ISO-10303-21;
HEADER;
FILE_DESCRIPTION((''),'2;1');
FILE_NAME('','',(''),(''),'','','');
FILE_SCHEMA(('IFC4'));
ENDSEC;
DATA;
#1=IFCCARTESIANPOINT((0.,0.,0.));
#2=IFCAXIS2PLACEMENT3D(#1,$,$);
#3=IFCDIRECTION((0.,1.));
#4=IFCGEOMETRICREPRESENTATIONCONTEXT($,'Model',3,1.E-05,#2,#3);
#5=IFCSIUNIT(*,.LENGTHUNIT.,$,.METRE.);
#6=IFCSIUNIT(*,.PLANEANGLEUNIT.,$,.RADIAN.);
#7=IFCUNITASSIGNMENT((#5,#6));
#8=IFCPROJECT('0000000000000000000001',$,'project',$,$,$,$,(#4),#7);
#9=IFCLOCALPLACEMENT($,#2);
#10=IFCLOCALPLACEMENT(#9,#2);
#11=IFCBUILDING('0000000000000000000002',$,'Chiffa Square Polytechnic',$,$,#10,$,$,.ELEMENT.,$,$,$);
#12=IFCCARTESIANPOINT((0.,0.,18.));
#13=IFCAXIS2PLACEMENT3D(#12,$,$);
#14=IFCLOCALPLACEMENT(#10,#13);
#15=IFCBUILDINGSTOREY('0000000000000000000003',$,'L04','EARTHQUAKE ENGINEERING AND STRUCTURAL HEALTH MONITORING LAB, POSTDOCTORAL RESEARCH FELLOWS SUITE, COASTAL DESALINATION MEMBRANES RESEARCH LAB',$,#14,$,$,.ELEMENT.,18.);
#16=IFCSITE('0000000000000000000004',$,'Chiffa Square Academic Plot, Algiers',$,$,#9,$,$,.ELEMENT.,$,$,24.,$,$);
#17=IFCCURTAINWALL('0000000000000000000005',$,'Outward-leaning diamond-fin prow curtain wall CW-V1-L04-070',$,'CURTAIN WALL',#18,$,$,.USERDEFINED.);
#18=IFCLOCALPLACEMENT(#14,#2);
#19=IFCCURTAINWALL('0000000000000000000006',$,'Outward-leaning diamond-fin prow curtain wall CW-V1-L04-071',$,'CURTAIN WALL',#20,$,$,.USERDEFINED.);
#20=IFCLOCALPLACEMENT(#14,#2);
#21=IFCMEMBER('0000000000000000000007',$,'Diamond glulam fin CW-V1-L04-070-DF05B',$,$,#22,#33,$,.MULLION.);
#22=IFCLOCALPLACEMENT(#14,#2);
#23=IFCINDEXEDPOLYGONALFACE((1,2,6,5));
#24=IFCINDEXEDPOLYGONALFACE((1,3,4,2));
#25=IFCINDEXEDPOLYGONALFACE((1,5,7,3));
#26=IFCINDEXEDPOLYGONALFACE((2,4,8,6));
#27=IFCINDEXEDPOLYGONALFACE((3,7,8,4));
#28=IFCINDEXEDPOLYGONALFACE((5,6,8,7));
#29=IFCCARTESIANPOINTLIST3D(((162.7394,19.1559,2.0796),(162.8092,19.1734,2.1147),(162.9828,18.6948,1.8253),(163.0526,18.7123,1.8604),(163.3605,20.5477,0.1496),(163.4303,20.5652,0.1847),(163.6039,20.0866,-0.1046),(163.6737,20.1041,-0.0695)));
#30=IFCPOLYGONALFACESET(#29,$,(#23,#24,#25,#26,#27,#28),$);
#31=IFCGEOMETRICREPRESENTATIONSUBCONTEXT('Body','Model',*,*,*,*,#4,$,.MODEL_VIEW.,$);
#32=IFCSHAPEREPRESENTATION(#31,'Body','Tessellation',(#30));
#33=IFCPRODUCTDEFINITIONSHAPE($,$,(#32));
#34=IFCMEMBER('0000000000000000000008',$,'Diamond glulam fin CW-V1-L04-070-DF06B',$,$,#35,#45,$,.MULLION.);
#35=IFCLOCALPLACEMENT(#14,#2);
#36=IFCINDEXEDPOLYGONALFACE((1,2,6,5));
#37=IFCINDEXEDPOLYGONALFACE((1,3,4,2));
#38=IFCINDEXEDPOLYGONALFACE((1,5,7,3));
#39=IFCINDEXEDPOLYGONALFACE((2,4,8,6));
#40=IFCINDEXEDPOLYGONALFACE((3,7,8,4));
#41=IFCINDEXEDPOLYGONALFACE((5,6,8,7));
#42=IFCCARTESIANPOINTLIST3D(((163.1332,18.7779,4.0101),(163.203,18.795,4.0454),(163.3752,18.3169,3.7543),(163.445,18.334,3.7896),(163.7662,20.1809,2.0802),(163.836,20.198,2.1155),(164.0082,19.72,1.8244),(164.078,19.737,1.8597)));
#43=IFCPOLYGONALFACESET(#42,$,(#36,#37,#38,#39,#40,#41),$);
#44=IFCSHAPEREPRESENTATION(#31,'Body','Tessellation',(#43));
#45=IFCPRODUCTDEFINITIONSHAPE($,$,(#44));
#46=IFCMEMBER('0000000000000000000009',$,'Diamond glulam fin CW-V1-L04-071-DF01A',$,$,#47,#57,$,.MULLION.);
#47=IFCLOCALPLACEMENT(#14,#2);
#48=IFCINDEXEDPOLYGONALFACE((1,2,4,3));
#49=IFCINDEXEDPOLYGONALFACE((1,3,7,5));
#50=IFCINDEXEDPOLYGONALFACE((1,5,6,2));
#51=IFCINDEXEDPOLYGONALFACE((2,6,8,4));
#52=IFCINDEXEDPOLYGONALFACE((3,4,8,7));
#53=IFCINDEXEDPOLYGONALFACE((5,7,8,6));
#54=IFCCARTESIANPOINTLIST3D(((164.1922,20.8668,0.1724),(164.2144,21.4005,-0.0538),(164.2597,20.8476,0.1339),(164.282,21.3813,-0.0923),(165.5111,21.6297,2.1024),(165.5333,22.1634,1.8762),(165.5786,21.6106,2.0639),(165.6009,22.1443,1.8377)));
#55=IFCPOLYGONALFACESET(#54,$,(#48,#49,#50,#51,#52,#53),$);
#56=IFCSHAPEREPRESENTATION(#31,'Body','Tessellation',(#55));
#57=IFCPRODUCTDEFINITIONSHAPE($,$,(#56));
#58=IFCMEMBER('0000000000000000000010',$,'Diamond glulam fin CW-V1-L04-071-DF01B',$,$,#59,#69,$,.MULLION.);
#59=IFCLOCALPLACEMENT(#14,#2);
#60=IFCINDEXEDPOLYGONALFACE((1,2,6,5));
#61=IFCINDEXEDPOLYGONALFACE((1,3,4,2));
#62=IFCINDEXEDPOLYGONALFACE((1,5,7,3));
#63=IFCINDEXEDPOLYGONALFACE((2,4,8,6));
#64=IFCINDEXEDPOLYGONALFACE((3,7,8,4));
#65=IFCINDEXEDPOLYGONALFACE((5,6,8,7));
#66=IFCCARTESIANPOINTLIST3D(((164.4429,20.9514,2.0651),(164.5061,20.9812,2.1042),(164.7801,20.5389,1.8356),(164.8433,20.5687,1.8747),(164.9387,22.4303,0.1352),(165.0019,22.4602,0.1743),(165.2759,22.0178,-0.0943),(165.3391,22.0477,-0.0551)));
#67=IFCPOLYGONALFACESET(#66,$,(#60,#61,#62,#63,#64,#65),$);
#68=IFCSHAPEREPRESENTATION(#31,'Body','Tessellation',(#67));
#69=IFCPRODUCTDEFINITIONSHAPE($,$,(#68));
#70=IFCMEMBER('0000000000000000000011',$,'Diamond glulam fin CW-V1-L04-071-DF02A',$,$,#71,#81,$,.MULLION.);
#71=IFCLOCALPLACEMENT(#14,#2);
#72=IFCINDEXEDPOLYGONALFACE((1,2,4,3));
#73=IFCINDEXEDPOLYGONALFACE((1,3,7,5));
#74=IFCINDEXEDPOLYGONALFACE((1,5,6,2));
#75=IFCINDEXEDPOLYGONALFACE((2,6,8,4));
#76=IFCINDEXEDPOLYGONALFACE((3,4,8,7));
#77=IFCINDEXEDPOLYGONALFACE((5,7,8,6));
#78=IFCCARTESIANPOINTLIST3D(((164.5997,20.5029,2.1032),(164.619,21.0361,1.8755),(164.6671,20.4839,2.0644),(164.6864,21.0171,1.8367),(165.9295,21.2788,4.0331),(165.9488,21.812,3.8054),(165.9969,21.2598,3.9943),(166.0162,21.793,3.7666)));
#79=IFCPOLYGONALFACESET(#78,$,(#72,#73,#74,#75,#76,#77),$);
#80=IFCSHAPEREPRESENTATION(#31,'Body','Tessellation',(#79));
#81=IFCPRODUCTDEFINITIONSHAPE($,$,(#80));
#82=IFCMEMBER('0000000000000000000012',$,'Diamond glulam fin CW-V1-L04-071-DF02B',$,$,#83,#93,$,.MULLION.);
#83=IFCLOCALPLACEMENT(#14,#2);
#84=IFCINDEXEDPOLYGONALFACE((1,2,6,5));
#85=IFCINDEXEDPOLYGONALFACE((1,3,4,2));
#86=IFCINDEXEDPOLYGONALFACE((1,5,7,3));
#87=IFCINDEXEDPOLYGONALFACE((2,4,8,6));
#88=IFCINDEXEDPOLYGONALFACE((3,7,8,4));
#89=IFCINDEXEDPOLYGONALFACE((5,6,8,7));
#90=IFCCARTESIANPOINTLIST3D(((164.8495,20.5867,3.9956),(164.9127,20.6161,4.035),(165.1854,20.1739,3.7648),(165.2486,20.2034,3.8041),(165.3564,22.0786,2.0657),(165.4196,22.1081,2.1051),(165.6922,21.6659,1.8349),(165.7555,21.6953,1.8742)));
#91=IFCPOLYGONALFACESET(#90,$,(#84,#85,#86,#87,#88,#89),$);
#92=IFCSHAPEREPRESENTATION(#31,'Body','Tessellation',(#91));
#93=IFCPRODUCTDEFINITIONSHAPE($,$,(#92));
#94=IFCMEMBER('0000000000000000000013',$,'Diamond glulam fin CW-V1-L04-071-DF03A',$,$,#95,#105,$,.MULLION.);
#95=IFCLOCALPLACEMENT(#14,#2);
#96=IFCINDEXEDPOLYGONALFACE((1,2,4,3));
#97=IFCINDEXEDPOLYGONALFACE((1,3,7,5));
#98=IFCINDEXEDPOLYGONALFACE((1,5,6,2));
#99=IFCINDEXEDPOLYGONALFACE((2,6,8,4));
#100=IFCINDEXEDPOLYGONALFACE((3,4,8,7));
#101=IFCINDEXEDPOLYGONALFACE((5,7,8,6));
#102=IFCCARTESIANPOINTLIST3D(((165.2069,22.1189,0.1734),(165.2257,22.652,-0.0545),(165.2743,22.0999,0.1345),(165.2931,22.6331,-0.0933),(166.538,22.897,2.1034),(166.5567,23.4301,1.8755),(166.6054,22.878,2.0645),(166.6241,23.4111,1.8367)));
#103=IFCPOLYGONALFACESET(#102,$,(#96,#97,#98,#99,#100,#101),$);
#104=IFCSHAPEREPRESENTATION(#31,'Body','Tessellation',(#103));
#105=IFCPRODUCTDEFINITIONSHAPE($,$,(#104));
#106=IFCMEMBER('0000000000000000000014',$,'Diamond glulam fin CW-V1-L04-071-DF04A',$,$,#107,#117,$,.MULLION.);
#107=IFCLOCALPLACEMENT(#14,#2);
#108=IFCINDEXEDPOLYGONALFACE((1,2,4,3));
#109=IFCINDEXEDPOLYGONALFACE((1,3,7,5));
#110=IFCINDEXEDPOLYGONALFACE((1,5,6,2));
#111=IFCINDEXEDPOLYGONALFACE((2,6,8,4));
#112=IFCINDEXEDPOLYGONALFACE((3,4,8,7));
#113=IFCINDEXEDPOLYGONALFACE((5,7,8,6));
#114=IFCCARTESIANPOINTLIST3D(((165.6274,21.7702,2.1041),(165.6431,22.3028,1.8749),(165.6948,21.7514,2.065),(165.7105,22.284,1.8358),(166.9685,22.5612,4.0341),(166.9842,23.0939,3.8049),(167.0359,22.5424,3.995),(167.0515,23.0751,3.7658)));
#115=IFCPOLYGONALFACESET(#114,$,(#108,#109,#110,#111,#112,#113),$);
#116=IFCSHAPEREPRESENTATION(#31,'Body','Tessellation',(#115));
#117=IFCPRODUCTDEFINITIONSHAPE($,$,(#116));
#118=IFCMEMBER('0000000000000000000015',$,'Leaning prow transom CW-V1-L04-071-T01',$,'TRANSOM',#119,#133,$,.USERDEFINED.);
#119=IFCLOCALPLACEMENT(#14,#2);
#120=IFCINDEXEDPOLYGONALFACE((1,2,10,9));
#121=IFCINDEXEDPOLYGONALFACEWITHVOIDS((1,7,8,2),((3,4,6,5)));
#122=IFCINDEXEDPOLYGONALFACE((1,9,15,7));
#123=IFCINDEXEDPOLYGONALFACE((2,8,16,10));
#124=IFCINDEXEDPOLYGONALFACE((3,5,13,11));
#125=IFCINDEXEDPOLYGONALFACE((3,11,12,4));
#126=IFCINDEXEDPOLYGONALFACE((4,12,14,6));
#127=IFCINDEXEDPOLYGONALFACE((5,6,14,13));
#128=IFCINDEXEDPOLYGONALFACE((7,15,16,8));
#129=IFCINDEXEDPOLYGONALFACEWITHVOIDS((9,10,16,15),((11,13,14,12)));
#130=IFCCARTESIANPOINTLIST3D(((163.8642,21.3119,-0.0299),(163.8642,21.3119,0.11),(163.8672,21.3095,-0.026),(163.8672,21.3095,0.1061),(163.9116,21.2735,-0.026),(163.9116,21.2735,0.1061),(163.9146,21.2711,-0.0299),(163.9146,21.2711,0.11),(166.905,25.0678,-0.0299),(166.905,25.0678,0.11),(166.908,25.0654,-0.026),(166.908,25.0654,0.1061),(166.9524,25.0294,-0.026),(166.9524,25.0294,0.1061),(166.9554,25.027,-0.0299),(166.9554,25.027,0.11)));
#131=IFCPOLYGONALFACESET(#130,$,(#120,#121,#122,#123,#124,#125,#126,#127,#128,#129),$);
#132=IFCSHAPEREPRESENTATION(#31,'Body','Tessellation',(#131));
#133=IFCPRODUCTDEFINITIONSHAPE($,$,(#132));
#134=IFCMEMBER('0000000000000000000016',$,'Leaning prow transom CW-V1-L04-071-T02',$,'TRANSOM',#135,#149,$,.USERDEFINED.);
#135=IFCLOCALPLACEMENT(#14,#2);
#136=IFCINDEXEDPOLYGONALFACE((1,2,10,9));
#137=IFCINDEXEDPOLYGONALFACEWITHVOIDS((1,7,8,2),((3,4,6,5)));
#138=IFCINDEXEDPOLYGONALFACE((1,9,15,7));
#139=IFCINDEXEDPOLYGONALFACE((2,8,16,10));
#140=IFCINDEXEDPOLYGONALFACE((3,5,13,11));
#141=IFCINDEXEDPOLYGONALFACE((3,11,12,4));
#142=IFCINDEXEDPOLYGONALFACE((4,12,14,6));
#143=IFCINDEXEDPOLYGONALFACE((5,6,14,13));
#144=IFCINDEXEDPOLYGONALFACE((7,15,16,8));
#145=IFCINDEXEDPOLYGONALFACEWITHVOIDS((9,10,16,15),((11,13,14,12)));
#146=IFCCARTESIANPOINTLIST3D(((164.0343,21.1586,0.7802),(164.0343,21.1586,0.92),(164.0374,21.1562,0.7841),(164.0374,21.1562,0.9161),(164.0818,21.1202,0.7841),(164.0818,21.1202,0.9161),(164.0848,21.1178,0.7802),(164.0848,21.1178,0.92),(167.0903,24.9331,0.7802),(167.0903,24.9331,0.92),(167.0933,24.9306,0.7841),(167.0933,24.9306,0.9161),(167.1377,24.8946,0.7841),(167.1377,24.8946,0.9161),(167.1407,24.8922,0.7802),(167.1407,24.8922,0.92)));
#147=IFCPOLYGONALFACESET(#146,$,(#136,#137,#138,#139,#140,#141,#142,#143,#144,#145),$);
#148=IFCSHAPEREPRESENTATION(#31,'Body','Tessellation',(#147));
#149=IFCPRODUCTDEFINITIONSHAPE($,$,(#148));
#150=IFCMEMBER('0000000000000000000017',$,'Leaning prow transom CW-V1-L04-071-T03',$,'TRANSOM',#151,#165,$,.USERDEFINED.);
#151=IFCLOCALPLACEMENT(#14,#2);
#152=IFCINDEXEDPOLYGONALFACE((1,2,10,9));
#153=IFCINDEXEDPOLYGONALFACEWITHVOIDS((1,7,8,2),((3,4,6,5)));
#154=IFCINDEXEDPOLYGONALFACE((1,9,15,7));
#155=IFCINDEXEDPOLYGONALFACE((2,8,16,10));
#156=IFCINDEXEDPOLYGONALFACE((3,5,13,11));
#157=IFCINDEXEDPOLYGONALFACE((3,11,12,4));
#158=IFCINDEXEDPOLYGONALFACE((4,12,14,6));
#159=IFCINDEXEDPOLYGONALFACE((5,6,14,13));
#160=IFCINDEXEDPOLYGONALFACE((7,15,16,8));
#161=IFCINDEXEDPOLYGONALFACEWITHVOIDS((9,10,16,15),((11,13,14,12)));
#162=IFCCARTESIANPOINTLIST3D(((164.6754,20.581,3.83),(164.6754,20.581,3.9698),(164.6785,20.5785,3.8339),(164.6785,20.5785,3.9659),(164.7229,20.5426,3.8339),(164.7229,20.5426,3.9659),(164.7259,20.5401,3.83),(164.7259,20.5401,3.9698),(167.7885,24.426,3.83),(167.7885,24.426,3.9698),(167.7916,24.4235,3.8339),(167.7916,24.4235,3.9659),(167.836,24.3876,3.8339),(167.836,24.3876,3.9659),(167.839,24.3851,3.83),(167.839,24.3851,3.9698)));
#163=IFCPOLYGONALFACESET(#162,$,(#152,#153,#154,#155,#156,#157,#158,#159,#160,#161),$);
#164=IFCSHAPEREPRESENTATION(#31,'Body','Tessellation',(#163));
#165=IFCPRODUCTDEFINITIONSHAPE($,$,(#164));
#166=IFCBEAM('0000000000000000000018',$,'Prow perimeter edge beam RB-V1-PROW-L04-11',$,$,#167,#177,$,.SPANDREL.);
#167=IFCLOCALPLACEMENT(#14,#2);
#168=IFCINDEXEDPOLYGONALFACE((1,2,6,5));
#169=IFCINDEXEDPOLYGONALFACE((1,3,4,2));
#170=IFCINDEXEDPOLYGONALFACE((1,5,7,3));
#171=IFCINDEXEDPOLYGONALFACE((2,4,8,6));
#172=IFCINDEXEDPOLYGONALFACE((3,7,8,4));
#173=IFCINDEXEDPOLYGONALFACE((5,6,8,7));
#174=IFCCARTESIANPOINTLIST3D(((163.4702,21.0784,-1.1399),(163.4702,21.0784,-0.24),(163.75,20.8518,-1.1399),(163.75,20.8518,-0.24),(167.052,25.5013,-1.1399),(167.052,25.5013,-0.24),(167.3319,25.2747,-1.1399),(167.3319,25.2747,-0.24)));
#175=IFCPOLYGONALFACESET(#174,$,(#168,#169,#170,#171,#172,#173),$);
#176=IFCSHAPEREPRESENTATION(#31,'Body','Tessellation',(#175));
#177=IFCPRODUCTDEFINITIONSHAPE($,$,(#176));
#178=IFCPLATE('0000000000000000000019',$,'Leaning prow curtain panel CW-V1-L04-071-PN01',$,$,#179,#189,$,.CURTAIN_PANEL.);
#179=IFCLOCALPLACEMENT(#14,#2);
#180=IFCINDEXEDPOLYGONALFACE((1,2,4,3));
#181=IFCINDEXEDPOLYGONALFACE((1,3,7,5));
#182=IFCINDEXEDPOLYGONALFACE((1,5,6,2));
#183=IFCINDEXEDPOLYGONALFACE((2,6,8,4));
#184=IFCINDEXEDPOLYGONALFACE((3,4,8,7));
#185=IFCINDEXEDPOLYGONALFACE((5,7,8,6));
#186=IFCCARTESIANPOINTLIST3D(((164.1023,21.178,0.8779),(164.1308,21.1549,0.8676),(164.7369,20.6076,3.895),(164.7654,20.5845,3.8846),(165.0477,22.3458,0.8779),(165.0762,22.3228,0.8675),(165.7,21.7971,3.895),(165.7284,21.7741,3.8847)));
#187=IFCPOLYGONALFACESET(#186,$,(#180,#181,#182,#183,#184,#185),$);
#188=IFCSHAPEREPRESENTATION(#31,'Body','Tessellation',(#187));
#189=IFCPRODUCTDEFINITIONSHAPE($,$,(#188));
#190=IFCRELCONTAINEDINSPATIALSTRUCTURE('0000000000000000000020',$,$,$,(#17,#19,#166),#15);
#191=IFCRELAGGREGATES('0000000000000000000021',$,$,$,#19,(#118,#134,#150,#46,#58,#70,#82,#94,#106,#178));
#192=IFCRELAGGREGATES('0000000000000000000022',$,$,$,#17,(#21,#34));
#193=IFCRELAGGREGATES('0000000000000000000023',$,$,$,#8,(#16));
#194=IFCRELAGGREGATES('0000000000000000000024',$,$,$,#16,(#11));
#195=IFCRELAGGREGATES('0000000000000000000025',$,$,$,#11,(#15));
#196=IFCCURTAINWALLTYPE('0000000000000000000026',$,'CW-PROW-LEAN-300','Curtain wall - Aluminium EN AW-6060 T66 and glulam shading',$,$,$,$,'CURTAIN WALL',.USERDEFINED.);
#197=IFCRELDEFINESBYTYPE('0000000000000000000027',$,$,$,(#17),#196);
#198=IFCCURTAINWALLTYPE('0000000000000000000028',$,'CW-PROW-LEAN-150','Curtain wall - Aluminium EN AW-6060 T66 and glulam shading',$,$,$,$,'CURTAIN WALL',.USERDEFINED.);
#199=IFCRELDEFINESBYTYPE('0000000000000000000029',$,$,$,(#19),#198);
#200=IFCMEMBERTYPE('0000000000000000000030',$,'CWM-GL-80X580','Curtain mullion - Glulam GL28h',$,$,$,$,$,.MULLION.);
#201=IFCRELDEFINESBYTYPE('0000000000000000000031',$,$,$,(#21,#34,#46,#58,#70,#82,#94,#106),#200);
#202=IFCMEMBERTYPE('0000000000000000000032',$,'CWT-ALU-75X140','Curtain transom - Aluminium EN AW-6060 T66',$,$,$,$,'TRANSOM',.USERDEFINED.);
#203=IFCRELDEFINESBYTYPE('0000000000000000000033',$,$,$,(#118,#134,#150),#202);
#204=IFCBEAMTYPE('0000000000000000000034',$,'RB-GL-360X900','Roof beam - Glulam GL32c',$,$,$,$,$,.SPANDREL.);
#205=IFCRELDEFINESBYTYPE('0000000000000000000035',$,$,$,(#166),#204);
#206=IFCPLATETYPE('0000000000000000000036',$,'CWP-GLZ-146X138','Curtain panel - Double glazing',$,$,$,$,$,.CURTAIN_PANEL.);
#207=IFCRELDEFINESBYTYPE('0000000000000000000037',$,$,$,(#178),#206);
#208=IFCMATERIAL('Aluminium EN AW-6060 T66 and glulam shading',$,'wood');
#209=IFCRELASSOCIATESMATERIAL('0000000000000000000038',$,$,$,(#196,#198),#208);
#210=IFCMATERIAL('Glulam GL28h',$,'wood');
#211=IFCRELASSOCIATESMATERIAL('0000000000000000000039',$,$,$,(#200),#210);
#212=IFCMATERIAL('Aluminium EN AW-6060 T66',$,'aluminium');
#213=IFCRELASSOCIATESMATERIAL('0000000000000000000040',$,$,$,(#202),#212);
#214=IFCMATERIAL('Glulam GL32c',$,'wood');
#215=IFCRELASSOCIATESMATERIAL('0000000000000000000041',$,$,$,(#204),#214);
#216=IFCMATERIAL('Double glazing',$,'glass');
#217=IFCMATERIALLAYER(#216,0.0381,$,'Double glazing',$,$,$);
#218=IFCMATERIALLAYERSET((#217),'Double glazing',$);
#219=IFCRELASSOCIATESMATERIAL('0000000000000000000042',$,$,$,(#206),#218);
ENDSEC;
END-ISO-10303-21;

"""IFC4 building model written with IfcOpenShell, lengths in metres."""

from ifc_helpers import new_model, si_unit, direction, frame, origin, origin_2d, place, context, subcontext, project, spatial, polyline, rectangle, hollow_rectangle, outline, extrude, material, layer, layer_set, material_profile, profile_set, type_object, element, aggregate, save


model = new_model("IFC4")

# Units and contexts
model_context = context("Model", 3, precision=1e-05, world=origin(), true_north=direction((0.0, 1.0)))
body_context = subcontext(model_context, "Body", "Model", "MODEL_VIEW")
ifc_project = project(units=[si_unit("LENGTHUNIT", "METRE"), si_unit("PLANEANGLEUNIT", "RADIAN")], contexts=[model_context])

# Site, building, storey
site_placement = place(None, origin())
site = spatial("IfcSite", under=ifc_project, at=site_placement, Name="Chiffa Square Academic Plot, Algiers", CompositionType="ELEMENT", RefElevation=24.0)
building_placement = place(site_placement, origin())
building = spatial("IfcBuilding", under=site, at=building_placement, Name="Chiffa Square Polytechnic", CompositionType="ELEMENT")
storey_placement = place(building_placement, frame((0.0, 0.0, 18.0)))
storey = spatial("IfcBuildingStorey", under=building, at=storey_placement, Name="L04", Description="EARTHQUAKE ENGINEERING AND STRUCTURAL HEALTH MONITORING LAB, POSTDOCTORAL RESEARCH FELLOWS SUITE, COASTAL DESALINATION MEMBRANES RESEARCH LAB", CompositionType="ELEMENT", Elevation=18.0)

# Shared definitions
ifc_material_1 = material(Name="Glulam GL32c", Category="wood")

# Curtain walls
ifc_material_2 = material(Name="Aluminium EN AW-6060 T66 and glulam shading", Category="wood")
curtain_wall_type_1 = type_object("IfcCurtainWallType", Name="CW-PROW-LEAN-300", Description="Curtain wall - Aluminium EN AW-6060 T66 and glulam shading", ElementType="CURTAIN WALL", PredefinedType="USERDEFINED", material=ifc_material_2)
curtain_wall_1_placement = place(storey_placement, origin())
curtain_wall_1 = element("IfcCurtainWall", 1, at=curtain_wall_1_placement, inside=storey, type_object=curtain_wall_type_1, Name="Outward-leaning diamond-fin prow curtain wall CW-V1-L04-070", ObjectType="CURTAIN WALL", PredefinedType="USERDEFINED")
ifc_material_3 = material(Name="Aluminium EN AW-6060 T66", Category="aluminium")
curtain_wall_type_2 = type_object("IfcCurtainWallType", Name="CW-PROW-LEAN-150", Description="Curtain wall - Aluminium EN AW-6060 T66 and glulam shading", ElementType="CURTAIN WALL", PredefinedType="USERDEFINED", material=ifc_material_2)
curtain_wall_2_placement = place(storey_placement, origin())
curtain_wall_2 = element("IfcCurtainWall", 2, at=curtain_wall_2_placement, inside=storey, type_object=curtain_wall_type_2, Name="Outward-leaning diamond-fin prow curtain wall CW-V1-L04-071", ObjectType="CURTAIN WALL", PredefinedType="USERDEFINED")

# Members
ifc_material_4 = material(Name="Glulam GL28h", Category="wood")
ifc_material_profile_1 = material_profile(ifc_material_4, rectangle(XDim=0.0801, YDim=0.5801, at=origin_2d()), Name="GL28h 80x580")
ifc_profile_set_1 = profile_set([ifc_material_profile_1], Name="Glulam GL28h")
member_type_1 = type_object("IfcMemberType", Name="CWM-GL-80X580", Description="Curtain mullion - Glulam GL28h", PredefinedType="MULLION", material=ifc_profile_set_1)
member_1_placement = place(storey_placement, frame((163.5171, 20.3259, 0.04), z_axis=(-0.25256, -0.565977, 0.784783), x_axis=(0.871867, 0.218609, 0.438244)))
member_1 = element("IfcMember", 3, at=member_1_placement, type_object=member_type_1, Name="Diamond glulam fin CW-V1-L04-070-DF05B", PredefinedType="MULLION", context=body_context, shape_type="SweptSolid", body=[
    extrude(rectangle(XDim=0.0801, YDim=0.5801, at=origin_2d()), origin(), (0.0, 0.0, 1.0), 2.4592),
])
member_2_placement = place(storey_placement, frame((163.9221, 19.959, 1.97), z_axis=(-0.256443, -0.568368, 0.78179), x_axis=(0.871891, 0.213083, 0.440911)))
member_2 = element("IfcMember", 4, at=member_2_placement, type_object=member_type_1, Name="Diamond glulam fin CW-V1-L04-070-DF06B", PredefinedType="MULLION", context=body_context, shape_type="SweptSolid", body=[
    extrude(rectangle(XDim=0.0801, YDim=0.5801, at=origin_2d()), origin(), (0.0, 0.0, 1.0), 2.4685),
])
member_3_placement = place(storey_placement, frame((164.2371, 21.124, 0.04), z_axis=(0.536362, 0.31028, 0.784884), x_axis=(-0.843114, 0.239303, 0.481553)))
member_3 = element("IfcMember", 5, at=member_3_placement, type_object=member_type_1, Name="Diamond glulam fin CW-V1-L04-071-DF01A", PredefinedType="MULLION", context=body_context, shape_type="SweptSolid", body=[
    extrude(rectangle(XDim=0.0801, YDim=0.5801, at=origin_2d()), origin(), (0.0, 0.0, 1.0), 2.459),
])
member_4_placement = place(storey_placement, frame((165.1389, 22.239, 0.04), z_axis=(-0.199817, -0.596007, 0.777721), x_axis=(0.788802, 0.373012, 0.488522)))
member_4 = element("IfcMember", 6, at=member_4_placement, type_object=member_type_1, Name="Diamond glulam fin CW-V1-L04-071-DF01B", PredefinedType="MULLION", context=body_context, shape_type="SweptSolid", body=[
    extrude(rectangle(XDim=0.0801, YDim=0.5801, at=origin_2d()), origin(), (0.0, 0.0, 1.0), 2.4814),
])
member_5_placement = place(storey_placement, frame((164.6431, 20.76, 1.97), z_axis=(0.538651, 0.314271, 0.781722), x_axis=(-0.841871, 0.237419, 0.48465)))
member_5 = element("IfcMember", 7, at=member_5_placement, type_object=member_type_1, Name="Diamond glulam fin CW-V1-L04-071-DF02A", PredefinedType="MULLION", context=body_context, shape_type="SweptSolid", body=[
    extrude(rectangle(XDim=0.0801, YDim=0.5801, at=origin_2d()), origin(), (0.0, 0.0, 1.0), 2.4688),
])
member_6_placement = place(storey_placement, frame((165.5559, 21.887, 1.97), z_axis=(-0.203429, -0.598821, 0.774616), x_axis=(0.789512, 0.367569, 0.491492)))
member_6 = element("IfcMember", 8, at=member_6_placement, type_object=member_type_1, Name="Diamond glulam fin CW-V1-L04-071-DF02B", PredefinedType="MULLION", context=body_context, shape_type="SweptSolid", body=[
    extrude(rectangle(XDim=0.0801, YDim=0.5801, at=origin_2d()), origin(), (0.0, 0.0, 1.0), 2.4915),
])
member_7_placement = place(storey_placement, frame((165.25, 22.376, 0.04), z_axis=(0.538851, 0.314989, 0.781295), x_axis=(-0.841782, 0.236886, 0.485065)))
member_7 = element("IfcMember", 9, at=member_7_placement, type_object=member_type_1, Name="Diamond glulam fin CW-V1-L04-071-DF03A", PredefinedType="MULLION", context=body_context, shape_type="SweptSolid", body=[
    extrude(rectangle(XDim=0.0801, YDim=0.5801, at=origin_2d()), origin(), (0.0, 0.0, 1.0), 2.4702),
])
member_8_placement = place(storey_placement, frame((165.6689, 22.0271, 1.97), z_axis=(0.540822, 0.319, 0.7783), x_axis=(-0.840702, 0.234758, 0.487964)))
member_8 = element("IfcMember", 10, at=member_8_placement, type_object=member_type_1, Name="Diamond glulam fin CW-V1-L04-071-DF04A", PredefinedType="MULLION", context=body_context, shape_type="SweptSolid", body=[
    extrude(rectangle(XDim=0.0801, YDim=0.5801, at=origin_2d()), origin(), (0.0, 0.0, 1.0), 2.4797),
])
ifc_material_profile_2 = material_profile(ifc_material_3, hollow_rectangle(XDim=0.0649, YDim=0.1399, WallThickness=0.0039, at=origin_2d()), Name="ALU 65x140x4")
ifc_profile_set_2 = profile_set([ifc_material_profile_2], Name="Aluminium EN AW-6060 T66")
member_type_2 = type_object("IfcMemberType", Name="CWT-ALU-75X140", Description="Curtain transom - Aluminium EN AW-6060 T66", ElementType="TRANSOM", PredefinedType="USERDEFINED", material=ifc_profile_set_2)
member_9_placement = place(storey_placement, frame((163.8894, 21.2915, 0.04), z_axis=(0.629237, 0.777213, 0.0), x_axis=(-0.777213, 0.629237, 0.0)))
member_9 = element("IfcMember", 11, at=member_9_placement, type_object=member_type_2, Name="Leaning prow transom CW-V1-L04-071-T01", ObjectType="TRANSOM", PredefinedType="USERDEFINED", context=body_context, shape_type="SweptSolid", body=[
    extrude(hollow_rectangle(XDim=0.0649, YDim=0.1399, WallThickness=0.0039, at=origin_2d()), origin(), (0.0, 0.0, 1.0), 4.8325),
])
member_10_placement = place(storey_placement, frame((164.0596, 21.1382, 0.8501), z_axis=(0.629252, 0.777202, 0.0), x_axis=(-0.777202, 0.629252, 0.0)))
member_10 = element("IfcMember", 12, at=member_10_placement, type_object=member_type_2, Name="Leaning prow transom CW-V1-L04-071-T02", ObjectType="TRANSOM", PredefinedType="USERDEFINED", context=body_context, shape_type="SweptSolid", body=[
    extrude(hollow_rectangle(XDim=0.0649, YDim=0.1399, WallThickness=0.0039, at=origin_2d()), origin(), (0.0, 0.0, 1.0), 4.8564),
])
member_11_placement = place(storey_placement, frame((164.7007, 20.5605, 3.8999), z_axis=(0.629252, 0.777201, 0.0), x_axis=(-0.777201, 0.629252, 0.0)))
member_11 = element("IfcMember", 13, at=member_11_placement, type_object=member_type_2, Name="Leaning prow transom CW-V1-L04-071-T03", ObjectType="TRANSOM", PredefinedType="USERDEFINED", context=body_context, shape_type="SweptSolid", body=[
    extrude(hollow_rectangle(XDim=0.0649, YDim=0.1399, WallThickness=0.0039, at=origin_2d()), origin(), (0.0, 0.0, 1.0), 4.9473),
])

# Beam
ifc_material_profile_3 = material_profile(ifc_material_1, rectangle(XDim=0.3601, YDim=0.8999, at=origin_2d()), Name="GL32c 360x900")
ifc_profile_set_3 = profile_set([ifc_material_profile_3], Name="Glulam GL32c")
beam_type_1 = type_object("IfcBeamType", Name="RB-GL-360X900", Description="Roof beam - Glulam GL32c", PredefinedType="SPANDREL", material=ifc_profile_set_3)
beam_1_placement = place(storey_placement, frame((163.6101, 20.9651, -0.6899), z_axis=(0.629345, 0.777126, 0.0), x_axis=(-0.777126, 0.629345, 0.0)))
element("IfcBeam", 14, at=beam_1_placement, inside=storey, type_object=beam_type_1, Name="Prow perimeter edge beam RB-V1-PROW-L04-11", PredefinedType="SPANDREL", context=body_context, shape_type="SweptSolid", body=[
    extrude(rectangle(XDim=0.3601, YDim=0.8999, at=origin_2d()), origin(), (0.0, 0.0, 1.0), 5.6914),
])

# Plate
ifc_material_5 = material(Name="Double glazing", Category="glass")
ifc_layer_1 = layer(ifc_material_5, 0.0381, Name="Double glazing")
ifc_layer_set_1 = layer_set([ifc_layer_1], Name="Double glazing")
plate_type_1 = type_object("IfcPlateType", Name="CWP-GLZ-146X138", Description="Curtain panel - Double glazing", PredefinedType="CURTAIN_PANEL", material=ifc_layer_set_1)
plate_1_placement = place(storey_placement, frame((164.1023, 21.178, 0.8779), z_axis=(-0.747972, 0.605519, 0.271818), x_axis=(0.629203, 0.777241, -0.000029)))
plate_1 = element("IfcPlate", 15, at=plate_1_placement, type_object=plate_type_1, Name="Leaning prow curtain panel CW-V1-L04-071-PN01", PredefinedType="CURTAIN_PANEL", context=body_context, shape_type="SweptSolid", body=[
    extrude(outline(polyline([(0.0, 0.0), (1.5026, 0.0), (1.4864, -3.1352), (-0.0441, -3.1351), (0.0, 0.0)])), origin(), (0.0, 0.0, -1.0), 0.0381),
])
aggregate(curtain_wall_2, [member_9, member_10, member_11, member_3, member_4, member_5, member_6, member_7, member_8, plate_1])
aggregate(curtain_wall_1, [member_1, member_2])

save(model, "model.ifc")
